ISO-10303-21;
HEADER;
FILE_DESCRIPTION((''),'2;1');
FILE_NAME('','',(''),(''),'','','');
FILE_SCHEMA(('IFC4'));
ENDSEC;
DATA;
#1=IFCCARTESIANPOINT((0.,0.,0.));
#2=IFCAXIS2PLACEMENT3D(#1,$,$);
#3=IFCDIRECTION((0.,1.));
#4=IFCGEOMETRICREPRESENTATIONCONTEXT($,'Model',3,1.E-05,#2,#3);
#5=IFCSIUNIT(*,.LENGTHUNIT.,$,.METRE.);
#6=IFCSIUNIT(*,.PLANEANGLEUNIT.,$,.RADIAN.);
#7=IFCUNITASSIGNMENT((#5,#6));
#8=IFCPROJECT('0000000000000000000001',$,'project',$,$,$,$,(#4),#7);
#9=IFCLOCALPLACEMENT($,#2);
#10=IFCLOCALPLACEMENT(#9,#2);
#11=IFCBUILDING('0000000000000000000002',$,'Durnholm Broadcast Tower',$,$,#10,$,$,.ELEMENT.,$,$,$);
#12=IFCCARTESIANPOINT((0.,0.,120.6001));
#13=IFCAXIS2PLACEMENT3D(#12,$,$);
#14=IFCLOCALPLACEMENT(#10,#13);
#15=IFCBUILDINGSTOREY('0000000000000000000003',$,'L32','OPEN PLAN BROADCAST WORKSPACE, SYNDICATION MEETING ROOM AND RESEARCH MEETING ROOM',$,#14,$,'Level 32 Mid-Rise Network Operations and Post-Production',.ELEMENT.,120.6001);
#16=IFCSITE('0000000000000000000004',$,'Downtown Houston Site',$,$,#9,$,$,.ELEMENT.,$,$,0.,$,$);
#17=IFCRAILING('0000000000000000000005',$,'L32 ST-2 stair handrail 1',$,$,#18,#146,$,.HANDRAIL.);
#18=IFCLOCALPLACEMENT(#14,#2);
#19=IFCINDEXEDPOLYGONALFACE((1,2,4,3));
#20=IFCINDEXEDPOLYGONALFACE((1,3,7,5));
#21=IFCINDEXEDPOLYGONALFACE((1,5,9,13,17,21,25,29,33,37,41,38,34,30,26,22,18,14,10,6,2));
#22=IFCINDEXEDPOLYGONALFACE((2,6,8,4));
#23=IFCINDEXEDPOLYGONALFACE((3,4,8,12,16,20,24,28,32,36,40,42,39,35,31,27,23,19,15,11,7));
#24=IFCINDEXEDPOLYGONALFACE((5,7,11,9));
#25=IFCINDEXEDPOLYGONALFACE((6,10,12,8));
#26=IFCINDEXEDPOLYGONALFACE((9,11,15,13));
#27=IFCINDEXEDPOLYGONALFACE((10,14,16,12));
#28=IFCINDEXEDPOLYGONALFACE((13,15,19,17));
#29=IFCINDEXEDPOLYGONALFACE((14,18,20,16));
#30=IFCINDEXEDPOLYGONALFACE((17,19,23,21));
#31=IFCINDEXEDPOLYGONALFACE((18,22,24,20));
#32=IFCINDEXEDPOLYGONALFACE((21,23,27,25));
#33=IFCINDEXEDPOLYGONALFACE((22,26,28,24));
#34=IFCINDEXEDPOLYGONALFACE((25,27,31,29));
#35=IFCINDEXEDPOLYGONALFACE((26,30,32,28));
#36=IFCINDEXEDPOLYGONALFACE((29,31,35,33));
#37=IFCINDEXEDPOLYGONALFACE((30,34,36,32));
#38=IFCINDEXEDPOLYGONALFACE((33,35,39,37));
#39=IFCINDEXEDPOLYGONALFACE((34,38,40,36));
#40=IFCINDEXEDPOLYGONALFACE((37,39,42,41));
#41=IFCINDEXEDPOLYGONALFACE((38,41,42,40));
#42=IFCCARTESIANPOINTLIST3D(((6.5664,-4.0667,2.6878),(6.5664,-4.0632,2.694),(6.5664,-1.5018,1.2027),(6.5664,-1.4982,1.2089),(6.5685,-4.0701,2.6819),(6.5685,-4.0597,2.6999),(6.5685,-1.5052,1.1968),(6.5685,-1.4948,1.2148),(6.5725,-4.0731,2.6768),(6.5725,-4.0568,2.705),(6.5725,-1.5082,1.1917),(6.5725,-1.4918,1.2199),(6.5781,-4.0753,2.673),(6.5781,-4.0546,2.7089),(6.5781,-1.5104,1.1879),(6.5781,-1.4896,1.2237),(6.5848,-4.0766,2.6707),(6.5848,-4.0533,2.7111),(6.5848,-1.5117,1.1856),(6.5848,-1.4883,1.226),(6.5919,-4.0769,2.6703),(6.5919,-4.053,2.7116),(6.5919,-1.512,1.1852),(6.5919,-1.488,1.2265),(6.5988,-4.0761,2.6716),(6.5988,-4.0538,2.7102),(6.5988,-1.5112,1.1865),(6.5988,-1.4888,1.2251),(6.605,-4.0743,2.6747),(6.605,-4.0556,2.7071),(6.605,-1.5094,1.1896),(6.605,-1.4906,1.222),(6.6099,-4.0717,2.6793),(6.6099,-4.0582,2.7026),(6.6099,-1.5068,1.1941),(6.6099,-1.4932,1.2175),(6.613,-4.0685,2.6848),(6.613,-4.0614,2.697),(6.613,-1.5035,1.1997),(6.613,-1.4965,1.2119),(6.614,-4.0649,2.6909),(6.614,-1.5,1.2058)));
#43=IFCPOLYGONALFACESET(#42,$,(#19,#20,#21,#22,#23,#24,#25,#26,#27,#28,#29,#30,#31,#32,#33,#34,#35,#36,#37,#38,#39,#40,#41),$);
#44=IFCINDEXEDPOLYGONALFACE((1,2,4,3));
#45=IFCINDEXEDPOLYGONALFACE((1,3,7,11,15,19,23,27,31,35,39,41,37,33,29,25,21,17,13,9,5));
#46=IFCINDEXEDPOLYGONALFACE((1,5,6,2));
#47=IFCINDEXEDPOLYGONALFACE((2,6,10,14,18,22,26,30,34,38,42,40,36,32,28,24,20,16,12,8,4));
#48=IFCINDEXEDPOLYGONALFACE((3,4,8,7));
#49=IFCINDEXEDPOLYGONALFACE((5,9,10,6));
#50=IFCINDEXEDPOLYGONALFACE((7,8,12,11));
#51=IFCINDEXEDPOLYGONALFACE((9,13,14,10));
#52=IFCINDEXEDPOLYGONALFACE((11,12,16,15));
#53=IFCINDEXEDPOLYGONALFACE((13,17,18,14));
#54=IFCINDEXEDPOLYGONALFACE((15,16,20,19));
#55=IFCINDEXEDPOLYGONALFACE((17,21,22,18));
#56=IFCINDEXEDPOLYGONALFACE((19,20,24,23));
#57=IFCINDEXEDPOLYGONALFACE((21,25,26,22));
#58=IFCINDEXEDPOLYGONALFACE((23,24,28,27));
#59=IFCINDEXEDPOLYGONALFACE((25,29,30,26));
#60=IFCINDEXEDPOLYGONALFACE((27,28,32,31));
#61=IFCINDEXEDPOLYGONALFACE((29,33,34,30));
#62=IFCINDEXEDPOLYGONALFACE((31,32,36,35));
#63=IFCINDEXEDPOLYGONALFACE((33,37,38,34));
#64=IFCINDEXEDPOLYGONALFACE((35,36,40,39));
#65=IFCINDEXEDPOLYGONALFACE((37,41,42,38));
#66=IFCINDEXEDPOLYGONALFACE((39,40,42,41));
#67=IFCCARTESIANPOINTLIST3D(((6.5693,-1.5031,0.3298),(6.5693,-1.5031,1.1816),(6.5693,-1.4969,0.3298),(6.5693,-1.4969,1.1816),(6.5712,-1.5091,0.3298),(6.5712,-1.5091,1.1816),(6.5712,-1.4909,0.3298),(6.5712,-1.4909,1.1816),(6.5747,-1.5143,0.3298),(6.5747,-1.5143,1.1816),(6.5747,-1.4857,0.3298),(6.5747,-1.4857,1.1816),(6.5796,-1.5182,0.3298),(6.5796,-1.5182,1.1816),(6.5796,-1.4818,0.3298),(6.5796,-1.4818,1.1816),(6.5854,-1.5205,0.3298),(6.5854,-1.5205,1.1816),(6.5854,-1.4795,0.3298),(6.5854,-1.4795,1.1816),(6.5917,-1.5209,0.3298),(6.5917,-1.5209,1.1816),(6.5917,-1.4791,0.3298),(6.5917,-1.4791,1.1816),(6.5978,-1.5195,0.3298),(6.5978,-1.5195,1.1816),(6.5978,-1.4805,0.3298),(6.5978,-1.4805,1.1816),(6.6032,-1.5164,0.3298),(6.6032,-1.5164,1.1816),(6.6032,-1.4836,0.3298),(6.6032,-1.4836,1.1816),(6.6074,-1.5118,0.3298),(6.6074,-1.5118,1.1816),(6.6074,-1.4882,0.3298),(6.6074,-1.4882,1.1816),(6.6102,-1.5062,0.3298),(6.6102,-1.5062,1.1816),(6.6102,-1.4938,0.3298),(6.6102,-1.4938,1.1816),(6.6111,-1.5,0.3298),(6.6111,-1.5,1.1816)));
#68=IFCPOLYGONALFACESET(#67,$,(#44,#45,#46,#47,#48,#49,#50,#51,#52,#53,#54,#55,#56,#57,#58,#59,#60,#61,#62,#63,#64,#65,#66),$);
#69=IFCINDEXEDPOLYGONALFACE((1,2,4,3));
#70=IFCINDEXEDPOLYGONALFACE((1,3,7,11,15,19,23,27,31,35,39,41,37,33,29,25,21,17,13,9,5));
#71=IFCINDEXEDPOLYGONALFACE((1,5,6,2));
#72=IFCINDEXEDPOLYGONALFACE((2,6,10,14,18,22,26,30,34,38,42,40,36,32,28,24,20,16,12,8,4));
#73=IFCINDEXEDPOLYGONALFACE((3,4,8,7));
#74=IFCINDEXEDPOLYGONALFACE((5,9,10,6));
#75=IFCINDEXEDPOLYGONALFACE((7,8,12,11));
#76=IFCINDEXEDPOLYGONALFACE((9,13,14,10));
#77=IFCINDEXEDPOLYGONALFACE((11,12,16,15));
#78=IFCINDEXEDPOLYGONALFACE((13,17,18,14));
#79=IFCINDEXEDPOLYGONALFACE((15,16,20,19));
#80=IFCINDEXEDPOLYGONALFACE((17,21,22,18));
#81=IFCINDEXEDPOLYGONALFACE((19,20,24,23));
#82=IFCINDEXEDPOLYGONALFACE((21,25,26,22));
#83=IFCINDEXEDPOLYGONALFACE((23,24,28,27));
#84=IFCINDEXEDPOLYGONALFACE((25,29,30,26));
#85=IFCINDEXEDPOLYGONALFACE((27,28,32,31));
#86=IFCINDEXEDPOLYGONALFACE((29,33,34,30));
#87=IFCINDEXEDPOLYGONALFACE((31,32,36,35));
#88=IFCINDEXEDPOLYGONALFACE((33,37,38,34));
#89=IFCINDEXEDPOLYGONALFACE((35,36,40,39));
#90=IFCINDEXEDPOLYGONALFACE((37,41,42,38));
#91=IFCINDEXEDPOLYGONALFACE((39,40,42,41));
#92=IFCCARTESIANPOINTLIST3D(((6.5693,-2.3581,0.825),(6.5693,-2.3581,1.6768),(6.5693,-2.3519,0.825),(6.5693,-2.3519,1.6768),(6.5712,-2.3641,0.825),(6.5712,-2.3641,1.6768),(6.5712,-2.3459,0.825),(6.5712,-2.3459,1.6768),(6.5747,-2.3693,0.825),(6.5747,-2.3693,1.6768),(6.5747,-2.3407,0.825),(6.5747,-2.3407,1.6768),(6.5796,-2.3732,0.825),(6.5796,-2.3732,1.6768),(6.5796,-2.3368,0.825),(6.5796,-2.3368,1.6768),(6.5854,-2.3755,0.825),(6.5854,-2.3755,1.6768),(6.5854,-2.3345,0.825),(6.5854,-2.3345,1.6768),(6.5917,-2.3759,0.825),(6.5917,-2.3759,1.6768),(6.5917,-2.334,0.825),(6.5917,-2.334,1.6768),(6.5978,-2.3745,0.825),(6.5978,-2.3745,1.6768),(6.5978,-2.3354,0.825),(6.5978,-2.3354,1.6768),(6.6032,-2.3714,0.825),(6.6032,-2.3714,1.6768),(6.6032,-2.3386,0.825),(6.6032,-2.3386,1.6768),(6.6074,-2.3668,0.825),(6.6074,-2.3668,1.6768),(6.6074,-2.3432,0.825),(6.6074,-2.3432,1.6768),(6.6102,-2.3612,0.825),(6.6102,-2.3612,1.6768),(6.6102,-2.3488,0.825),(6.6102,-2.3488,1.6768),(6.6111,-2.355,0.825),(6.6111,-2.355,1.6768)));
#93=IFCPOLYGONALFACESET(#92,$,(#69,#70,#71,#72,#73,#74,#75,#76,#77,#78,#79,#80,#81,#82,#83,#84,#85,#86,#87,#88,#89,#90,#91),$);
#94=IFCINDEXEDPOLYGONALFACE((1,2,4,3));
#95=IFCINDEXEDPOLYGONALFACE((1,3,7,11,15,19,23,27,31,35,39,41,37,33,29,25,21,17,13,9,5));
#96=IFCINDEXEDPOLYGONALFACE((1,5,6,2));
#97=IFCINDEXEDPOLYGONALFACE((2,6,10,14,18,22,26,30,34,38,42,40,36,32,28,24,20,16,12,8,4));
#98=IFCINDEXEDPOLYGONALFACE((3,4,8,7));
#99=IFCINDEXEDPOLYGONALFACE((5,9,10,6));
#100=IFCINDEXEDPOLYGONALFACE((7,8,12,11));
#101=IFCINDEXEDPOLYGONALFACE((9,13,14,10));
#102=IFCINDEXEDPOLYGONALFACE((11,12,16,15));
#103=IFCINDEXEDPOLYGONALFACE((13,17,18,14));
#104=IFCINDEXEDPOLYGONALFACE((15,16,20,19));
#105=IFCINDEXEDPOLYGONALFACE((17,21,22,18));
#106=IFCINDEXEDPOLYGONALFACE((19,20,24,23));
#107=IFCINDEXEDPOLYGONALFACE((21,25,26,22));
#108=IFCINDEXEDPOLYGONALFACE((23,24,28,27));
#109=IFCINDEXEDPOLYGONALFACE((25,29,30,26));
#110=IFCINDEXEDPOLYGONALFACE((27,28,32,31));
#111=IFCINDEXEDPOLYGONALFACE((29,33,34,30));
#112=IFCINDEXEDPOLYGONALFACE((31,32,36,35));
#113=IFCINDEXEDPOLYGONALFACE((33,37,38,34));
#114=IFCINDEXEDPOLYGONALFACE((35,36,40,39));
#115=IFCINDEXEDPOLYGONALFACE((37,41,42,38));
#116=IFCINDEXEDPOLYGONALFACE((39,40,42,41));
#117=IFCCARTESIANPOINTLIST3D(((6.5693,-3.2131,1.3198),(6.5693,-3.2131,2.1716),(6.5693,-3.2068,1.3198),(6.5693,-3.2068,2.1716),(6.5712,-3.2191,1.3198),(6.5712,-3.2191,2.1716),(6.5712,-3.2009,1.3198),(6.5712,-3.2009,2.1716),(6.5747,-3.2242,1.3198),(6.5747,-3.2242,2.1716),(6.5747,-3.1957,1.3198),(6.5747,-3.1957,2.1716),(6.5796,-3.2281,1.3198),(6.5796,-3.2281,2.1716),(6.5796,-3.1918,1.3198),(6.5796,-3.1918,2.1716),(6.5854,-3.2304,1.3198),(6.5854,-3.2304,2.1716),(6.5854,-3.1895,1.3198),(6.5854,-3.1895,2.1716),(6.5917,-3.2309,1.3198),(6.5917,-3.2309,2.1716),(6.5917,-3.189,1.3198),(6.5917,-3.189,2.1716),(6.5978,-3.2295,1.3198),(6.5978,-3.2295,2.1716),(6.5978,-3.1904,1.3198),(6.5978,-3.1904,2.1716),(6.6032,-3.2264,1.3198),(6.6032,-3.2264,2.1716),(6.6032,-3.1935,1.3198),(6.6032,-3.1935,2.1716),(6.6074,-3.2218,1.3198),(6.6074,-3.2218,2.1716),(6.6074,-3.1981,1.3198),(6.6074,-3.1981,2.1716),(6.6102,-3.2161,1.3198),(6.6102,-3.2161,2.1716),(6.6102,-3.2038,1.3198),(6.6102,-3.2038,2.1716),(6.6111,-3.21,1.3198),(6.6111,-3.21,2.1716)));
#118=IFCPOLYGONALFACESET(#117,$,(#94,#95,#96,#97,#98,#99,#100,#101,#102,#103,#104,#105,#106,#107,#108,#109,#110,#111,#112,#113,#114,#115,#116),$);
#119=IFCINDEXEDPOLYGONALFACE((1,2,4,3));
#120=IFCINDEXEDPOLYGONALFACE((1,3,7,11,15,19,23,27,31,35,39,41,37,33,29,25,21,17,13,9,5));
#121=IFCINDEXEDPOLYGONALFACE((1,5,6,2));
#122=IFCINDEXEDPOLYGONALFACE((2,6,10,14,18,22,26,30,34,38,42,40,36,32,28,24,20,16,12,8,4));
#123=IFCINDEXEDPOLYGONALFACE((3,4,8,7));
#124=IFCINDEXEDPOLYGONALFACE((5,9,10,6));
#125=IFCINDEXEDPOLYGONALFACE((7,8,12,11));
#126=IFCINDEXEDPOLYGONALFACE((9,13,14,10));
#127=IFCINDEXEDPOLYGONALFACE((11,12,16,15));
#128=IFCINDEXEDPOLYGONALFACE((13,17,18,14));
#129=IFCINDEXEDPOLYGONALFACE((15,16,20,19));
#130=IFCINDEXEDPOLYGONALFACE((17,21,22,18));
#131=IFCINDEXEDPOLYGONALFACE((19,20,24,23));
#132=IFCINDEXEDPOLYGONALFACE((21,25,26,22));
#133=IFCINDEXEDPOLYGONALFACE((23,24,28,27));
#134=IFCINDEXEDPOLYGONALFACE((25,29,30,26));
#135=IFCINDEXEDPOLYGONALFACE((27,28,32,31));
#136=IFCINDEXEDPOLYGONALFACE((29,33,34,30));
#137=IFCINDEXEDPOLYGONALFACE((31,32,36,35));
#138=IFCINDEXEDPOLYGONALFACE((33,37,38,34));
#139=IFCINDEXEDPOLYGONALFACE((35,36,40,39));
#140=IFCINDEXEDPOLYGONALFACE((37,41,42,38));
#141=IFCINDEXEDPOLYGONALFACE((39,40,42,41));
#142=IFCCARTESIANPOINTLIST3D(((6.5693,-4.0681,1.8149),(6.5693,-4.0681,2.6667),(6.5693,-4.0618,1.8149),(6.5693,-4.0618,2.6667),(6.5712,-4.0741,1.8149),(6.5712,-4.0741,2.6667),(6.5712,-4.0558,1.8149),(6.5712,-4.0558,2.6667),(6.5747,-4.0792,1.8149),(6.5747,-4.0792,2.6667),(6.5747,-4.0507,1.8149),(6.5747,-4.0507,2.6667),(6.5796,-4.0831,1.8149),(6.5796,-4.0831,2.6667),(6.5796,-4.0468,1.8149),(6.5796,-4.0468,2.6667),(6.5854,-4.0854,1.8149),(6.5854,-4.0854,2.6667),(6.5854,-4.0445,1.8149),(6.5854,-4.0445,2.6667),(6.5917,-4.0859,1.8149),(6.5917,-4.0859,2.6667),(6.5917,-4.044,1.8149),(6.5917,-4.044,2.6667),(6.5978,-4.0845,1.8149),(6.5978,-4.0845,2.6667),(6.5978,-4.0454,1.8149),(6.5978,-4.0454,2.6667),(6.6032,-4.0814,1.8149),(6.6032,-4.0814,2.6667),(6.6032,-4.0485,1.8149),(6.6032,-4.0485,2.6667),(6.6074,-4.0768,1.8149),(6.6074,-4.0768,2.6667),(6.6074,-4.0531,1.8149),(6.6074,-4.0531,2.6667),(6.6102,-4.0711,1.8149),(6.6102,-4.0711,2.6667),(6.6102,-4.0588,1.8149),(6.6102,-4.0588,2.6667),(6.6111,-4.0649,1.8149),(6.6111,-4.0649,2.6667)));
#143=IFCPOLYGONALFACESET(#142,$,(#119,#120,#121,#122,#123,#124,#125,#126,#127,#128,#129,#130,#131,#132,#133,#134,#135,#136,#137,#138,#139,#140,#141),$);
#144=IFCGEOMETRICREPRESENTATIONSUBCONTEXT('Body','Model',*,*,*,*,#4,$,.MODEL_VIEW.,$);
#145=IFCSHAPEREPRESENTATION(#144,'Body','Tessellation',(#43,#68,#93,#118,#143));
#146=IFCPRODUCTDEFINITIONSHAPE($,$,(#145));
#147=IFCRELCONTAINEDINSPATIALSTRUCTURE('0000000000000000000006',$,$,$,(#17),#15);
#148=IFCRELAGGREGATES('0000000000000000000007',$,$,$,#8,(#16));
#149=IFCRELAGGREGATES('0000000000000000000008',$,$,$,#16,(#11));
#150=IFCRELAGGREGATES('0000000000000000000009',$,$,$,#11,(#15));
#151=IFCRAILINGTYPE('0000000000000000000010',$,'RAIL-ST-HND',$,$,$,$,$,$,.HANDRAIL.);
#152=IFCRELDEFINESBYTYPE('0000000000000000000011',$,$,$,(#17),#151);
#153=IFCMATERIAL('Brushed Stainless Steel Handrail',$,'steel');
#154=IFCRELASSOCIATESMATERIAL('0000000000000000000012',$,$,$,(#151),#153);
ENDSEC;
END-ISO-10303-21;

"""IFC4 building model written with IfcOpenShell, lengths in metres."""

from ifc_helpers import new_model, si_unit, direction, frame, origin, origin_2d, place, context, subcontext, project, spatial, circle, extrude, material, type_object, element, save


model = new_model("IFC4")

# Units and contexts
model_context = context("Model", 3, precision=1e-05, world=origin(), true_north=direction((0.0, 1.0)))
body_context = subcontext(model_context, "Body", "Model", "MODEL_VIEW")
ifc_project = project(units=[si_unit("LENGTHUNIT", "METRE"), si_unit("PLANEANGLEUNIT", "RADIAN")], contexts=[model_context])

# Site, building, storey
site_placement = place(None, origin())
site = spatial("IfcSite", under=ifc_project, at=site_placement, Name="Downtown Houston Site", CompositionType="ELEMENT", RefElevation=0.0)
building_placement = place(site_placement, origin())
building = spatial("IfcBuilding", under=site, at=building_placement, Name="Durnholm Broadcast Tower", CompositionType="ELEMENT")
storey_placement = place(building_placement, frame((0.0, 0.0, 120.6001)))
storey = spatial("IfcBuildingStorey", under=building, at=storey_placement, Name="L32", Description="OPEN PLAN BROADCAST WORKSPACE, SYNDICATION MEETING ROOM AND RESEARCH MEETING ROOM", LongName="Level 32 Mid-Rise Network Operations and Post-Production", CompositionType="ELEMENT", Elevation=120.6001)

# Railing
ifc_material_1 = material(Name="Brushed Stainless Steel Handrail", Category="steel")
railing_type_1 = type_object("IfcRailingType", Name="RAIL-ST-HND", PredefinedType="HANDRAIL", material=ifc_material_1)
railing_1_placement = place(storey_placement, frame((6.5901, -1.5, 0.3298)))
element("IfcRailing", 1, at=railing_1_placement, inside=storey, type_object=railing_type_1, Name="L32 ST-2 stair handrail 1", PredefinedType="HANDRAIL", context=body_context, shape_type="SweptSolid", body=[
    extrude(circle(Radius=0.0239, at=origin_2d()), frame((0.0, 0.0, 0.876), z_axis=(0.0, -0.865406, 0.501072), x_axis=(1.0, 0.0, 0.0)), (0.0, 0.0, 1.0), 2.9639),
    extrude(circle(Radius=0.021, at=origin_2d()), origin(), (0.0, 0.0, 1.0), 0.8518),
    extrude(circle(Radius=0.021, at=origin_2d()), frame((0.0, -0.855, 0.4951)), (0.0, 0.0, 1.0), 0.8518),
    extrude(circle(Radius=0.021, at=origin_2d()), frame((0.0, -1.71, 0.99)), (0.0, 0.0, 1.0), 0.8518),
    extrude(circle(Radius=0.021, at=origin_2d()), frame((0.0, -2.5649, 1.4851)), (0.0, 0.0, 1.0), 0.8518),
])

save(model, "model.ifc")
